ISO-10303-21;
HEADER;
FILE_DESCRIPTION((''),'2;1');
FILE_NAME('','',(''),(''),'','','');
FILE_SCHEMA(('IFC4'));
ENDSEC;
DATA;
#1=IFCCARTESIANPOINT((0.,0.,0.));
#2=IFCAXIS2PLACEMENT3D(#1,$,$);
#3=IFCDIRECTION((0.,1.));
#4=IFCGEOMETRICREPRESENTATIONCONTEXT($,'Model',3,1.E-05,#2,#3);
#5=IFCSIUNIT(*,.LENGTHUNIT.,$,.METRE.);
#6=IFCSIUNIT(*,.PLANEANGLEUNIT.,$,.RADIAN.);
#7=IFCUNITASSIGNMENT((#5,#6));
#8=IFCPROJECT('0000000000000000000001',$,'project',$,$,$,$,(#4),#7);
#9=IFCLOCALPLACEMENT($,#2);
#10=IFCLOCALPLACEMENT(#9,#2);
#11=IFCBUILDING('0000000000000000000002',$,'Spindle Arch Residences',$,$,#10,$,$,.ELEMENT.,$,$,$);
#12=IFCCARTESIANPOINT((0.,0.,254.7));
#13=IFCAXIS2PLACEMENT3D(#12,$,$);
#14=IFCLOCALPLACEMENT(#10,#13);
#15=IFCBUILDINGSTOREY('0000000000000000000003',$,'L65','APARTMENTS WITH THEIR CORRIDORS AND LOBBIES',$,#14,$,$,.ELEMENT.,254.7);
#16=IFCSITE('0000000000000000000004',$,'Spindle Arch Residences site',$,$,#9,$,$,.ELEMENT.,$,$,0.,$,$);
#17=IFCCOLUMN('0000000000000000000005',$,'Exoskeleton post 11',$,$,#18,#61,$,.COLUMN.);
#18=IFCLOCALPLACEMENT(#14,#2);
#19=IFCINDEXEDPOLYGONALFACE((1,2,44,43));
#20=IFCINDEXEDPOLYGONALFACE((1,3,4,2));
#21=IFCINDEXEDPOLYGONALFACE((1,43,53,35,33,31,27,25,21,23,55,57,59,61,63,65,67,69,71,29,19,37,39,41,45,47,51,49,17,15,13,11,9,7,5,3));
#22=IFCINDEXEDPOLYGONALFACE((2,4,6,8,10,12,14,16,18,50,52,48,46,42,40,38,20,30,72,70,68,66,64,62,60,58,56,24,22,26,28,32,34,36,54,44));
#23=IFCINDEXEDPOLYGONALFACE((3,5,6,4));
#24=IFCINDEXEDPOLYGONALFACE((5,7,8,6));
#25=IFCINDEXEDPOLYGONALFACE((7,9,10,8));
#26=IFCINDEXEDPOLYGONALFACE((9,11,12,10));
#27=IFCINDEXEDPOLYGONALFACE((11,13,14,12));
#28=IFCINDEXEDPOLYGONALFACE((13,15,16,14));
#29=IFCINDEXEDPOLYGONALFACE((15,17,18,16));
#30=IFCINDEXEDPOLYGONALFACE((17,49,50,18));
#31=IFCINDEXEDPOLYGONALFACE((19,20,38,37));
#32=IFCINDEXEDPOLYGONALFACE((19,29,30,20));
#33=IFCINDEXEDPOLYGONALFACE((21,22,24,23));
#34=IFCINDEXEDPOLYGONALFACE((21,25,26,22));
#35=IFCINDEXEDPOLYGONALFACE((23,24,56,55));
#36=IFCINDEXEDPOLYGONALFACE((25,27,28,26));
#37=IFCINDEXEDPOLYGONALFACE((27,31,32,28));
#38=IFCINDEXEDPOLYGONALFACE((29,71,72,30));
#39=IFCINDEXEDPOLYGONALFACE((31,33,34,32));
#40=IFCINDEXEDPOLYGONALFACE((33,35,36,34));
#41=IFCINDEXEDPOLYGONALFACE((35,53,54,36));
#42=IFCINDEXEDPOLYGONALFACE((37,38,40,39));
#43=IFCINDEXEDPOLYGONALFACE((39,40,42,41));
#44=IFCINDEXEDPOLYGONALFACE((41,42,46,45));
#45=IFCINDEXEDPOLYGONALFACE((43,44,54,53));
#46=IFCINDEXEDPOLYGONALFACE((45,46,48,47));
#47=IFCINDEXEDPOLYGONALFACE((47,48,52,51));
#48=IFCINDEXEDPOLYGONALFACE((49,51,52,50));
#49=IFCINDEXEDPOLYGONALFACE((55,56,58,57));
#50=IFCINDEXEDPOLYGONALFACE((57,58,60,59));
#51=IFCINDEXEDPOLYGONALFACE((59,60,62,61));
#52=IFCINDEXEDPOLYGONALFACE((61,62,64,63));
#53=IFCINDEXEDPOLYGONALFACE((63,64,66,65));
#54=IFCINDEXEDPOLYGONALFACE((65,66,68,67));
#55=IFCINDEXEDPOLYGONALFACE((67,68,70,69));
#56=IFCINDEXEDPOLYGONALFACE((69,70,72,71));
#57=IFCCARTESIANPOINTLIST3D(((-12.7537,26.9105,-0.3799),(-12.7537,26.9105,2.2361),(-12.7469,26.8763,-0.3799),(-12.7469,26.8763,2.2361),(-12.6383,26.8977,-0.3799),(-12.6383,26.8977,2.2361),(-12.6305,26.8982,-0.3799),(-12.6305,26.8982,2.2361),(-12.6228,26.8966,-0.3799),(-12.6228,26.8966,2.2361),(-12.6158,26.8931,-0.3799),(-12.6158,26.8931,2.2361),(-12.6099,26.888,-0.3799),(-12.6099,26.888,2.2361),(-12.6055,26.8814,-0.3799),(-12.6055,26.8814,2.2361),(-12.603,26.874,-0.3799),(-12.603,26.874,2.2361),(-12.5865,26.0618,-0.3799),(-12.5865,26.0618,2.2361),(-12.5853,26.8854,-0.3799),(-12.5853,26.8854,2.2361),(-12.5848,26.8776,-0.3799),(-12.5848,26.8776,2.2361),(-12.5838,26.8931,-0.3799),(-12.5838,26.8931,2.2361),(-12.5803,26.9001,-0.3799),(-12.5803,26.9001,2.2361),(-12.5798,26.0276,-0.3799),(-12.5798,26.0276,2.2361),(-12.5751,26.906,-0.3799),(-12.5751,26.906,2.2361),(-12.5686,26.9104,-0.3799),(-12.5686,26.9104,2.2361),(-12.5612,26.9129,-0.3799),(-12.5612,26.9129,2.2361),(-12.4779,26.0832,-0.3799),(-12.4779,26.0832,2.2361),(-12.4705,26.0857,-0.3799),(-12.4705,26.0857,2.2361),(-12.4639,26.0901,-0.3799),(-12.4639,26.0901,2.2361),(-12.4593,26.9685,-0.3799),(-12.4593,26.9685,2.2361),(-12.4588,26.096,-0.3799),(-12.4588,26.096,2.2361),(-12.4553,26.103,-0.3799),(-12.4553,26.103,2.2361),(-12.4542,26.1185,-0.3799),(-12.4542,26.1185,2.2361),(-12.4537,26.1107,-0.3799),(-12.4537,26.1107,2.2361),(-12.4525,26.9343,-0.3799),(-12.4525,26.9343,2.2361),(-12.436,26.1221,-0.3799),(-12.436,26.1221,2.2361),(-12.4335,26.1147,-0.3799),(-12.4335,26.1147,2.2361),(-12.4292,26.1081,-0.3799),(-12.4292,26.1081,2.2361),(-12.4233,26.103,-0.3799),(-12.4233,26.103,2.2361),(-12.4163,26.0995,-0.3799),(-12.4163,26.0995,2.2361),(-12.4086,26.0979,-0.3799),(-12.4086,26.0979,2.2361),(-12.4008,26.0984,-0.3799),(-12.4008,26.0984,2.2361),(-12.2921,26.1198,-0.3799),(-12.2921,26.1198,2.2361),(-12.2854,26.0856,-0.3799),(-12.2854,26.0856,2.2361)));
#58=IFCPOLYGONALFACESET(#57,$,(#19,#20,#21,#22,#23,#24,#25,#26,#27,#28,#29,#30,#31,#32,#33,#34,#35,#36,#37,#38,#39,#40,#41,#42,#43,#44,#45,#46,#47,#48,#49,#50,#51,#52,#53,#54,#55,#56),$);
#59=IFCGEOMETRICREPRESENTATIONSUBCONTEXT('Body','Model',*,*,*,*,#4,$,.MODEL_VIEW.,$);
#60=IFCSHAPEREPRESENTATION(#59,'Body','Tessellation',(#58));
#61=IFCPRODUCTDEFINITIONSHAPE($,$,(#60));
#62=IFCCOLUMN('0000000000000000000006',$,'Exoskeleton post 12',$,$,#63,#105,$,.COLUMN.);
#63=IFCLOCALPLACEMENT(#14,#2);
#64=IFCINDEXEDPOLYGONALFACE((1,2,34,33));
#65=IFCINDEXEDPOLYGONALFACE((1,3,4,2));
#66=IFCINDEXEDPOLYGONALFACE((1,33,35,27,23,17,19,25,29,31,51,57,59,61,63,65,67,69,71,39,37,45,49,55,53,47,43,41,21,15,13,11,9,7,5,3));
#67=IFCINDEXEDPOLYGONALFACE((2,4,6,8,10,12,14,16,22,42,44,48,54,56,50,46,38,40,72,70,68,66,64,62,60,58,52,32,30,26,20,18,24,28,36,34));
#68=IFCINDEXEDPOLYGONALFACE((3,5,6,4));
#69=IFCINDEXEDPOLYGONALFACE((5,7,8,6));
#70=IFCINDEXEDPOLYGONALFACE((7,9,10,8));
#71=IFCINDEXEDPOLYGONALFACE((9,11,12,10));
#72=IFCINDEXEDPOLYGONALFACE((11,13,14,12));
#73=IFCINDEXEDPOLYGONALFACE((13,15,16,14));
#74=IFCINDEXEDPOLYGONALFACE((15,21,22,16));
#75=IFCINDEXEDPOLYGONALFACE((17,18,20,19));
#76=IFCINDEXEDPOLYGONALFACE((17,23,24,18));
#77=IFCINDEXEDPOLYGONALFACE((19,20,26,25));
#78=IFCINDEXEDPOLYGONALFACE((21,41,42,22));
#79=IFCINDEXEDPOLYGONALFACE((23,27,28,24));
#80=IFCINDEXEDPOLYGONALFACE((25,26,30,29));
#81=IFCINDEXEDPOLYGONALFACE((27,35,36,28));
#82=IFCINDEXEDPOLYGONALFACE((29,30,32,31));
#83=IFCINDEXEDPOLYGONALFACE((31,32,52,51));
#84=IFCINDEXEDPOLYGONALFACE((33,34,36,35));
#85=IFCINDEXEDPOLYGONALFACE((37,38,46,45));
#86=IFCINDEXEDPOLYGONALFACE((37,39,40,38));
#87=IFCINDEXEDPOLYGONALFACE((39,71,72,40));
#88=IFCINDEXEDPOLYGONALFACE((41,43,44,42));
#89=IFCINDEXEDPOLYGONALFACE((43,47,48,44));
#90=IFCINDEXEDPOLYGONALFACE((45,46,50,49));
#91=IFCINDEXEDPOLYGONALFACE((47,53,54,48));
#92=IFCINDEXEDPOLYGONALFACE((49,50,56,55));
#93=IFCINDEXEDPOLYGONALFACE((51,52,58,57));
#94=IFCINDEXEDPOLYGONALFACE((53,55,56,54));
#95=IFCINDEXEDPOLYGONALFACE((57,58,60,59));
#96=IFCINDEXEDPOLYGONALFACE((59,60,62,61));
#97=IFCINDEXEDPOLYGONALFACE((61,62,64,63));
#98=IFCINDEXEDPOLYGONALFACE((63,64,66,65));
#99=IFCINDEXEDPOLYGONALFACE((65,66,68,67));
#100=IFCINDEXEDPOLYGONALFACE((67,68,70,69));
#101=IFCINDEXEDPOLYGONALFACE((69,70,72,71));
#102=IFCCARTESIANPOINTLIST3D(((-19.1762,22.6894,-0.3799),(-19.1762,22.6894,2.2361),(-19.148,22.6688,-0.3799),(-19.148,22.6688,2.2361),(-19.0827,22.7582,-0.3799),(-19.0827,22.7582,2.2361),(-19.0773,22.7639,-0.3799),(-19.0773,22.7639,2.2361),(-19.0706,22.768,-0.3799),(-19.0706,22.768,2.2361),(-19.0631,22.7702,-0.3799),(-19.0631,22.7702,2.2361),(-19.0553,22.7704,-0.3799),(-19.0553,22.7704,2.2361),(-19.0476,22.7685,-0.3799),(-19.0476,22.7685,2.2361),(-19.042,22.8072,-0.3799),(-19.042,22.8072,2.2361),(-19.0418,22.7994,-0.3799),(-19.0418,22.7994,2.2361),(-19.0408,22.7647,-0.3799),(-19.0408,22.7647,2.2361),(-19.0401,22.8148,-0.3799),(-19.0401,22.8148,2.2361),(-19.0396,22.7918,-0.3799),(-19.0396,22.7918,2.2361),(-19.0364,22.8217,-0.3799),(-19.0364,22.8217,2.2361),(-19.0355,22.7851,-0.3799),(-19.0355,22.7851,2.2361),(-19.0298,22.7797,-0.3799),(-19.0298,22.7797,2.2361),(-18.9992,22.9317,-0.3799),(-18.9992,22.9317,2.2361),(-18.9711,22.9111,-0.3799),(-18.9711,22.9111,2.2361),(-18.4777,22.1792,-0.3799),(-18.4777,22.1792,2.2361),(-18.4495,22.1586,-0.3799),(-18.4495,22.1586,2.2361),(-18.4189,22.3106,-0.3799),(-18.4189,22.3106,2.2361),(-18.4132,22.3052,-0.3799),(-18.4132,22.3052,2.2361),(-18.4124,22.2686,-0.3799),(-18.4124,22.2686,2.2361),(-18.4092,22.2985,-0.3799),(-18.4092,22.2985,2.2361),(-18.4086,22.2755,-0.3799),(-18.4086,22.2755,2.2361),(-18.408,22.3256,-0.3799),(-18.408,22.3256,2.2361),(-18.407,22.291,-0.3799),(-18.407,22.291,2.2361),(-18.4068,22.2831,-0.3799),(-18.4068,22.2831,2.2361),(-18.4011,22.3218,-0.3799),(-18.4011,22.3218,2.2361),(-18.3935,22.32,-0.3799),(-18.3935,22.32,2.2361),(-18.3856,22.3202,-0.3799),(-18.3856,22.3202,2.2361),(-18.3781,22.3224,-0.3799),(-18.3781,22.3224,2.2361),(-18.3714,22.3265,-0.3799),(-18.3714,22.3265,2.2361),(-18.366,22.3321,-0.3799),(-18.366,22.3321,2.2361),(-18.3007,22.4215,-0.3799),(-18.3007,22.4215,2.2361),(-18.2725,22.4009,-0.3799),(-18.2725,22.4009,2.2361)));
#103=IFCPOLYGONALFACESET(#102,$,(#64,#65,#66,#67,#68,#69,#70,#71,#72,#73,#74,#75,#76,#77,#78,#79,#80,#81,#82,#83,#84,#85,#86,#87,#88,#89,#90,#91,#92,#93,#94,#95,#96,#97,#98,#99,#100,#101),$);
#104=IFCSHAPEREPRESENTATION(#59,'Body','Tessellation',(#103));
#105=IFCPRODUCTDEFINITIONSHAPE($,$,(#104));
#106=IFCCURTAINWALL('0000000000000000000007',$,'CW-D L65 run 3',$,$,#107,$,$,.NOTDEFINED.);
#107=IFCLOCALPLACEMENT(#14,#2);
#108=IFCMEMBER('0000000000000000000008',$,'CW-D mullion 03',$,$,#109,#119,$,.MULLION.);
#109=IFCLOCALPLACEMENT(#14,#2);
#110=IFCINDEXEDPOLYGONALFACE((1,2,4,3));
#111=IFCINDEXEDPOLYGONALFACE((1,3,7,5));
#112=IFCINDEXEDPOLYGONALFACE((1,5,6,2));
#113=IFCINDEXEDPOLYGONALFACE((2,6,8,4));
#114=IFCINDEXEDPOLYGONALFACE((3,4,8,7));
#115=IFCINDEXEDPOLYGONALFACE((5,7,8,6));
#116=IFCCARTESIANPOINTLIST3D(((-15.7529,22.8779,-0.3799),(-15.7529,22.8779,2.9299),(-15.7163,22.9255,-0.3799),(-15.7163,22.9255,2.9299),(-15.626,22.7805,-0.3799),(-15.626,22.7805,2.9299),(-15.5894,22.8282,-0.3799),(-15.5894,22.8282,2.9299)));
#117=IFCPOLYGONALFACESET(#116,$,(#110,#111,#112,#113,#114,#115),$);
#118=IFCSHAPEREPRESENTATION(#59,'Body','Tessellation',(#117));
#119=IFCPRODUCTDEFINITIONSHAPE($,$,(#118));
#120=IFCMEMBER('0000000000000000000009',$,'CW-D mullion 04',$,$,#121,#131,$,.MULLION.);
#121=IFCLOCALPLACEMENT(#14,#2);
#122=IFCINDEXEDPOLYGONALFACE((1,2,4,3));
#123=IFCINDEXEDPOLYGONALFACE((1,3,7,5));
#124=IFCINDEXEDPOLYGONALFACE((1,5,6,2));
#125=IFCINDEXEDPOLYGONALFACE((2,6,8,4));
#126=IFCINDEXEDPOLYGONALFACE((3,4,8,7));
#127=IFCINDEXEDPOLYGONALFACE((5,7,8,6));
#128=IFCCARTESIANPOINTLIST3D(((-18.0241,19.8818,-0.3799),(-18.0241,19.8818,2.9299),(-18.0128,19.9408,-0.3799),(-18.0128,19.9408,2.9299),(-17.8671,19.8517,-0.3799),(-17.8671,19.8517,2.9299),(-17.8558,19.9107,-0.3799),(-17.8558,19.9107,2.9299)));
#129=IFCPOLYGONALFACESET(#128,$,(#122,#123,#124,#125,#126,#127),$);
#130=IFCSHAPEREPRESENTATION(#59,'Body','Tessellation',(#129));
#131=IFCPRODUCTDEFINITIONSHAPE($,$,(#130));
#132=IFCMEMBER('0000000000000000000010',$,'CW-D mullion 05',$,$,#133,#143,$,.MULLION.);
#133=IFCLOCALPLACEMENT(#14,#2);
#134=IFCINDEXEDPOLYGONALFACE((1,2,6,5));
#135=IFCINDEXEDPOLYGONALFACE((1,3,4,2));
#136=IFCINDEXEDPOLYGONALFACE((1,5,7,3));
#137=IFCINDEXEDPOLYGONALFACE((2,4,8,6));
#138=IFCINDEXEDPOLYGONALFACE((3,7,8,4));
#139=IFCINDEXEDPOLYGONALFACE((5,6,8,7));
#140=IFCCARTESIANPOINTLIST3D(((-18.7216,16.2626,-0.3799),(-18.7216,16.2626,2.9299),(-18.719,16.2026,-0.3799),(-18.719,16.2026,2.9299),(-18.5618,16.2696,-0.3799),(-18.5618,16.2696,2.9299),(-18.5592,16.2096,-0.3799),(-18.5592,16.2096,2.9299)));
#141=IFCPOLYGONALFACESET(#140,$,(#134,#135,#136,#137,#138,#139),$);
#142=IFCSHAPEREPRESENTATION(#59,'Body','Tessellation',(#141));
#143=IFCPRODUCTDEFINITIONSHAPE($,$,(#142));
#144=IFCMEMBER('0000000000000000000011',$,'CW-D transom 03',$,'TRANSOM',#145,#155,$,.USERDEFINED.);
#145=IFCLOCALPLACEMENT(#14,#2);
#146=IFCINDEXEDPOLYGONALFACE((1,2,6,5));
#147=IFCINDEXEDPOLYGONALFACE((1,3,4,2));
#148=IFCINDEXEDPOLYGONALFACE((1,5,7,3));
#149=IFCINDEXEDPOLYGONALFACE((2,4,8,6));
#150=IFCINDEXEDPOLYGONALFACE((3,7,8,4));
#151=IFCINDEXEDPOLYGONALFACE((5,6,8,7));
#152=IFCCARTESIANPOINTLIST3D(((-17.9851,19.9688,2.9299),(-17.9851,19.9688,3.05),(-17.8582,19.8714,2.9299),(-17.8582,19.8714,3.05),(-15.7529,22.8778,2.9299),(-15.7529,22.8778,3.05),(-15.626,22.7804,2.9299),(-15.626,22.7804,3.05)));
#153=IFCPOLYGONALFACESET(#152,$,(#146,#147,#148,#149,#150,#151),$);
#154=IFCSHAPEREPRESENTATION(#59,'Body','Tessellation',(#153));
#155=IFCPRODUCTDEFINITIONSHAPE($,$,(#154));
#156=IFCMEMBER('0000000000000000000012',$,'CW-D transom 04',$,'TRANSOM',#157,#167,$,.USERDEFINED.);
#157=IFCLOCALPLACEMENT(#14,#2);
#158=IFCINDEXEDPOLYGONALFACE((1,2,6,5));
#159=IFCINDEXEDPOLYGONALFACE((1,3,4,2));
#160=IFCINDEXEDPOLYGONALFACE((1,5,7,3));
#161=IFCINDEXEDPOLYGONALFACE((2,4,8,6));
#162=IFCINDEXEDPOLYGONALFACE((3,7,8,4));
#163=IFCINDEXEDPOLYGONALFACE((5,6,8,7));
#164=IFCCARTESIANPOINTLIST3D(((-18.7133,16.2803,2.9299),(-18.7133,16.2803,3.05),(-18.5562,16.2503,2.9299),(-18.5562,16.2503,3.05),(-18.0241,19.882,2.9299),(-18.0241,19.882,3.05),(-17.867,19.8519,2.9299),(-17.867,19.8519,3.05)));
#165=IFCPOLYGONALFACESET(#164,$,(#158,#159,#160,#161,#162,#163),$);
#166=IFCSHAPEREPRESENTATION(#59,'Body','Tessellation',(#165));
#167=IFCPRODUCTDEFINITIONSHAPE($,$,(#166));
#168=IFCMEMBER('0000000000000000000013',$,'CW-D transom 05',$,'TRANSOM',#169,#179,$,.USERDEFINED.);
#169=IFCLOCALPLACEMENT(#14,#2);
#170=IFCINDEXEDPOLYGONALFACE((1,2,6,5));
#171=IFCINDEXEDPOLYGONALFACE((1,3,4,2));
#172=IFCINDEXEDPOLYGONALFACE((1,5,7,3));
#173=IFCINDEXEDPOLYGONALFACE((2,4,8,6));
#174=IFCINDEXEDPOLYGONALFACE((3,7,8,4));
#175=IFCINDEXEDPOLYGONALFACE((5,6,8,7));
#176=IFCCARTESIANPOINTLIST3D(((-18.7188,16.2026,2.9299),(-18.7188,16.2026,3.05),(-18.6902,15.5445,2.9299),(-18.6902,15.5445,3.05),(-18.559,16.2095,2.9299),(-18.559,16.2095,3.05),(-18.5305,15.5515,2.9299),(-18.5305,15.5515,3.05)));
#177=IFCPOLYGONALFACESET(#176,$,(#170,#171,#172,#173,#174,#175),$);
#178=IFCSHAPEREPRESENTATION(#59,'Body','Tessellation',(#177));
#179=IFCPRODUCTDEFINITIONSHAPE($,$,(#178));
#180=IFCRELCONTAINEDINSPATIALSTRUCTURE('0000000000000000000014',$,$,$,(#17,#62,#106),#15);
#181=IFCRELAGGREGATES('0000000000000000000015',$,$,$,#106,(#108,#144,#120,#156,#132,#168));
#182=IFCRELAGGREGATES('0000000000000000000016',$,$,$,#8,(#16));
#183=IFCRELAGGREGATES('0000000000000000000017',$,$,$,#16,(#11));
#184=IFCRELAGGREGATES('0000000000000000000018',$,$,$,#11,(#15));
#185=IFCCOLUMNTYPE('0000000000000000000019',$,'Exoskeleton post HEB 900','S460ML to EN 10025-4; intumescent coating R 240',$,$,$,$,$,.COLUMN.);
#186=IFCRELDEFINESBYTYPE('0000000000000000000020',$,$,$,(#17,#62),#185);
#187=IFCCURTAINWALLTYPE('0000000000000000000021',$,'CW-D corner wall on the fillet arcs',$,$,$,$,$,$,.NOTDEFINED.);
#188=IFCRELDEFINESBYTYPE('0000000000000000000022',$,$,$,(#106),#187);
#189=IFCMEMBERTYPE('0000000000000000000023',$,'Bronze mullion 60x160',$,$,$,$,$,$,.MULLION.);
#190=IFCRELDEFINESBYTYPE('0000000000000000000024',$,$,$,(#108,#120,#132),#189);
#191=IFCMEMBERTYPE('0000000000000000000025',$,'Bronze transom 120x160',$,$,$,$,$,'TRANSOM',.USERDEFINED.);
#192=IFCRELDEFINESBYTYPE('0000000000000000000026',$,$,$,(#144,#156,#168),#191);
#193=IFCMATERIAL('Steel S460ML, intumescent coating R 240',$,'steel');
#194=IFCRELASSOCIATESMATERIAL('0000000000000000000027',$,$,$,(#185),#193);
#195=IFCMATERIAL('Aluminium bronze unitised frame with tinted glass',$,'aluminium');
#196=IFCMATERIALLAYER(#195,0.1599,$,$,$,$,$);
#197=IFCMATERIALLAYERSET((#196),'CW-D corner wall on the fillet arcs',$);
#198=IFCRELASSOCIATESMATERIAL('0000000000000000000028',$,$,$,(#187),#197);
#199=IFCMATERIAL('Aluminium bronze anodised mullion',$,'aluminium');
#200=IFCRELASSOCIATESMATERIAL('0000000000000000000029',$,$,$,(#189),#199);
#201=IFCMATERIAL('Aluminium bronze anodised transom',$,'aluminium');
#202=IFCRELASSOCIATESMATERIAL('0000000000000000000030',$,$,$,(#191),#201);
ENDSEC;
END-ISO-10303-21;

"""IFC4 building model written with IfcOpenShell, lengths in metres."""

from ifc_helpers import new_model, si_unit, direction, frame, origin, origin_2d, place, context, subcontext, project, spatial, rectangle, i_section, extrude, material, layer, layer_set, material_profile, profile_set, type_object, element, aggregate, save


model = new_model("IFC4")

# Units and contexts
model_context = context("Model", 3, precision=1e-05, world=origin(), true_north=direction((0.0, 1.0)))
body_context = subcontext(model_context, "Body", "Model", "MODEL_VIEW")
ifc_project = project(units=[si_unit("LENGTHUNIT", "METRE"), si_unit("PLANEANGLEUNIT", "RADIAN")], contexts=[model_context])

# Site, building, storey
site_placement = place(None, origin())
site = spatial("IfcSite", under=ifc_project, at=site_placement, Name="Spindle Arch Residences site", CompositionType="ELEMENT", RefElevation=0.0)
building_placement = place(site_placement, origin())
building = spatial("IfcBuilding", under=site, at=building_placement, Name="Spindle Arch Residences", CompositionType="ELEMENT")
storey_placement = place(building_placement, frame((0.0, 0.0, 254.7)))
storey = spatial("IfcBuildingStorey", under=building, at=storey_placement, Name="L65", Description="APARTMENTS WITH THEIR CORRIDORS AND LOBBIES", CompositionType="ELEMENT", Elevation=254.7)

# Columns
ifc_material_1 = material(Name="Steel S460ML, intumescent coating R 240", Category="steel")
ifc_material_profile_1 = material_profile(ifc_material_1, i_section(OverallWidth=0.3, OverallDepth=0.8999, WebThickness=0.0186, FlangeThickness=0.0349, FilletRadius=0.03, at=origin_2d()), Name="HEB 900")
ifc_profile_set_1 = profile_set([ifc_material_profile_1], Name="Steel S460ML, intumescent coating R 240")
column_type = type_object("IfcColumnType", Name="Exoskeleton post HEB 900", Description="S460ML to EN 10025-4; intumescent coating R 240", PredefinedType="COLUMN", material=ifc_profile_set_1)
for number, where, z_axis, x_axis, name in (
    (1, (-12.5195, 26.498, -0.3799), (0.0, 0.0, 1.0), (0.981153, 0.193233, 0.0), "Exoskeleton post 11"),
    (2, (-18.7244, 22.5452, -0.3799), (0.0, 0.0, 1.0), (0.589781, 0.807563, 0.0), "Exoskeleton post 12"),
):
    element("IfcColumn", number, at=place(storey_placement, frame(where, z_axis=z_axis, x_axis=x_axis)), inside=storey, type_object=column_type, Name=name, PredefinedType="COLUMN", context=body_context, shape_type="SweptSolid", body=[
        extrude(i_section(OverallWidth=0.3, OverallDepth=0.8999, WebThickness=0.0186, FlangeThickness=0.0349, FilletRadius=0.03, at=origin_2d()), origin(), (0.0, 0.0, 1.0), 2.616),
    ])

# Curtain wall, members
ifc_material_2 = material(Name="Aluminium bronze unitised frame with tinted glass", Category="aluminium")
ifc_layer_1 = layer(ifc_material_2, 0.1599)
ifc_layer_set_1 = layer_set([ifc_layer_1], Name="CW-D corner wall on the fillet arcs")
curtain_wall_type = type_object("IfcCurtainWallType", Name="CW-D corner wall on the fillet arcs", PredefinedType="NOTDEFINED", material=ifc_layer_set_1)
curtain_wall_placement = place(storey_placement, origin())
curtain_wall = element("IfcCurtainWall", 3, at=curtain_wall_placement, inside=storey, type_object=curtain_wall_type, Name="CW-D L65 run 3", PredefinedType="NOTDEFINED")
ifc_material_3 = material(Name="Aluminium bronze anodised mullion", Category="aluminium")
ifc_material_profile_2 = material_profile(ifc_material_3, rectangle(XDim=0.1599, YDim=0.0601, at=origin_2d()), Name="MU 60x160")
ifc_profile_set_2 = profile_set([ifc_material_profile_2], Name="Aluminium bronze anodised mullion")
member_type_1 = type_object("IfcMemberType", Name="Bronze mullion 60x160", PredefinedType="MULLION", material=ifc_profile_set_2)
member_1_placement = place(storey_placement, frame((-15.6711, 22.853, -0.3799), z_axis=(0.0, 0.0, 1.0), x_axis=(0.793353, -0.608761, 0.0)))
member_1 = element("IfcMember", 4, at=member_1_placement, type_object=member_type_1, Name="CW-D mullion 03", PredefinedType="MULLION", context=body_context, shape_type="SweptSolid", body=[
    extrude(rectangle(XDim=0.1599, YDim=0.0601, at=origin_2d()), origin(), (0.0, 0.0, 1.0), 3.3098),
])
member_2_placement = place(storey_placement, frame((-17.9399, 19.8962, -0.3799), z_axis=(0.0, 0.0, 1.0), x_axis=(0.982178, -0.187953, 0.0)))
member_2 = element("IfcMember", 5, at=member_2_placement, type_object=member_type_1, Name="CW-D mullion 04", PredefinedType="MULLION", context=body_context, shape_type="SweptSolid", body=[
    extrude(rectangle(XDim=0.1599, YDim=0.0601, at=origin_2d()), origin(), (0.0, 0.0, 1.0), 3.3098),
])
member_3_placement = place(storey_placement, frame((-18.6404, 16.2361, -0.3799), z_axis=(0.0, 0.0, 1.0), x_axis=(0.999048, 0.043619, 0.0)))
member_3 = element("IfcMember", 6, at=member_3_placement, type_object=member_type_1, Name="CW-D mullion 05", PredefinedType="MULLION", context=body_context, shape_type="SweptSolid", body=[
    extrude(rectangle(XDim=0.1599, YDim=0.0601, at=origin_2d()), origin(), (0.0, 0.0, 1.0), 3.3098),
])
ifc_material_4 = material(Name="Aluminium bronze anodised transom", Category="aluminium")
ifc_material_profile_3 = material_profile(ifc_material_4, rectangle(XDim=0.1599, YDim=0.1201, at=origin_2d()), Name="TR 120x160")
ifc_profile_set_3 = profile_set([ifc_material_profile_3], Name="Aluminium bronze anodised transom")
member_type_2 = type_object("IfcMemberType", Name="Bronze transom 120x160", ElementType="TRANSOM", PredefinedType="USERDEFINED", material=ifc_profile_set_3)
member_4_placement = place(storey_placement, frame((-15.6895, 22.8291, 2.99), z_axis=(-0.608774, -0.793344, 0.0), x_axis=(0.793344, -0.608774, 0.0)))
member_4 = element("IfcMember", 7, at=member_4_placement, type_object=member_type_2, Name="CW-D transom 03", ObjectType="TRANSOM", PredefinedType="USERDEFINED", context=body_context, shape_type="SweptSolid", body=[
    extrude(rectangle(XDim=0.1599, YDim=0.1201, at=origin_2d()), origin(), (0.0, 0.0, 1.0), 3.6667),
])
member_5_placement = place(storey_placement, frame((-17.9456, 19.8669, 2.99), z_axis=(-0.187953, -0.982178, 0.0), x_axis=(0.982178, -0.187953, 0.0)))
member_5 = element("IfcMember", 8, at=member_5_placement, type_object=member_type_2, Name="CW-D transom 04", ObjectType="TRANSOM", PredefinedType="USERDEFINED", context=body_context, shape_type="SweptSolid", body=[
    extrude(rectangle(XDim=0.1599, YDim=0.1201, at=origin_2d()), origin(), (0.0, 0.0, 1.0), 3.667),
])
member_6_placement = place(storey_placement, frame((-18.6389, 16.2061, 2.99), z_axis=(0.043373, -0.999059, 0.0), x_axis=(0.999059, 0.043373, 0.0)))
member_6 = element("IfcMember", 9, at=member_6_placement, type_object=member_type_2, Name="CW-D transom 05", ObjectType="TRANSOM", PredefinedType="USERDEFINED", context=body_context, shape_type="SweptSolid", body=[
    extrude(rectangle(XDim=0.1599, YDim=0.1201, at=origin_2d()), origin(), (0.0, 0.0, 1.0), 0.6587),
])

aggregate(curtain_wall, [member_1, member_4, member_2, member_5, member_3, member_6])

save(model, "model.ifc")
